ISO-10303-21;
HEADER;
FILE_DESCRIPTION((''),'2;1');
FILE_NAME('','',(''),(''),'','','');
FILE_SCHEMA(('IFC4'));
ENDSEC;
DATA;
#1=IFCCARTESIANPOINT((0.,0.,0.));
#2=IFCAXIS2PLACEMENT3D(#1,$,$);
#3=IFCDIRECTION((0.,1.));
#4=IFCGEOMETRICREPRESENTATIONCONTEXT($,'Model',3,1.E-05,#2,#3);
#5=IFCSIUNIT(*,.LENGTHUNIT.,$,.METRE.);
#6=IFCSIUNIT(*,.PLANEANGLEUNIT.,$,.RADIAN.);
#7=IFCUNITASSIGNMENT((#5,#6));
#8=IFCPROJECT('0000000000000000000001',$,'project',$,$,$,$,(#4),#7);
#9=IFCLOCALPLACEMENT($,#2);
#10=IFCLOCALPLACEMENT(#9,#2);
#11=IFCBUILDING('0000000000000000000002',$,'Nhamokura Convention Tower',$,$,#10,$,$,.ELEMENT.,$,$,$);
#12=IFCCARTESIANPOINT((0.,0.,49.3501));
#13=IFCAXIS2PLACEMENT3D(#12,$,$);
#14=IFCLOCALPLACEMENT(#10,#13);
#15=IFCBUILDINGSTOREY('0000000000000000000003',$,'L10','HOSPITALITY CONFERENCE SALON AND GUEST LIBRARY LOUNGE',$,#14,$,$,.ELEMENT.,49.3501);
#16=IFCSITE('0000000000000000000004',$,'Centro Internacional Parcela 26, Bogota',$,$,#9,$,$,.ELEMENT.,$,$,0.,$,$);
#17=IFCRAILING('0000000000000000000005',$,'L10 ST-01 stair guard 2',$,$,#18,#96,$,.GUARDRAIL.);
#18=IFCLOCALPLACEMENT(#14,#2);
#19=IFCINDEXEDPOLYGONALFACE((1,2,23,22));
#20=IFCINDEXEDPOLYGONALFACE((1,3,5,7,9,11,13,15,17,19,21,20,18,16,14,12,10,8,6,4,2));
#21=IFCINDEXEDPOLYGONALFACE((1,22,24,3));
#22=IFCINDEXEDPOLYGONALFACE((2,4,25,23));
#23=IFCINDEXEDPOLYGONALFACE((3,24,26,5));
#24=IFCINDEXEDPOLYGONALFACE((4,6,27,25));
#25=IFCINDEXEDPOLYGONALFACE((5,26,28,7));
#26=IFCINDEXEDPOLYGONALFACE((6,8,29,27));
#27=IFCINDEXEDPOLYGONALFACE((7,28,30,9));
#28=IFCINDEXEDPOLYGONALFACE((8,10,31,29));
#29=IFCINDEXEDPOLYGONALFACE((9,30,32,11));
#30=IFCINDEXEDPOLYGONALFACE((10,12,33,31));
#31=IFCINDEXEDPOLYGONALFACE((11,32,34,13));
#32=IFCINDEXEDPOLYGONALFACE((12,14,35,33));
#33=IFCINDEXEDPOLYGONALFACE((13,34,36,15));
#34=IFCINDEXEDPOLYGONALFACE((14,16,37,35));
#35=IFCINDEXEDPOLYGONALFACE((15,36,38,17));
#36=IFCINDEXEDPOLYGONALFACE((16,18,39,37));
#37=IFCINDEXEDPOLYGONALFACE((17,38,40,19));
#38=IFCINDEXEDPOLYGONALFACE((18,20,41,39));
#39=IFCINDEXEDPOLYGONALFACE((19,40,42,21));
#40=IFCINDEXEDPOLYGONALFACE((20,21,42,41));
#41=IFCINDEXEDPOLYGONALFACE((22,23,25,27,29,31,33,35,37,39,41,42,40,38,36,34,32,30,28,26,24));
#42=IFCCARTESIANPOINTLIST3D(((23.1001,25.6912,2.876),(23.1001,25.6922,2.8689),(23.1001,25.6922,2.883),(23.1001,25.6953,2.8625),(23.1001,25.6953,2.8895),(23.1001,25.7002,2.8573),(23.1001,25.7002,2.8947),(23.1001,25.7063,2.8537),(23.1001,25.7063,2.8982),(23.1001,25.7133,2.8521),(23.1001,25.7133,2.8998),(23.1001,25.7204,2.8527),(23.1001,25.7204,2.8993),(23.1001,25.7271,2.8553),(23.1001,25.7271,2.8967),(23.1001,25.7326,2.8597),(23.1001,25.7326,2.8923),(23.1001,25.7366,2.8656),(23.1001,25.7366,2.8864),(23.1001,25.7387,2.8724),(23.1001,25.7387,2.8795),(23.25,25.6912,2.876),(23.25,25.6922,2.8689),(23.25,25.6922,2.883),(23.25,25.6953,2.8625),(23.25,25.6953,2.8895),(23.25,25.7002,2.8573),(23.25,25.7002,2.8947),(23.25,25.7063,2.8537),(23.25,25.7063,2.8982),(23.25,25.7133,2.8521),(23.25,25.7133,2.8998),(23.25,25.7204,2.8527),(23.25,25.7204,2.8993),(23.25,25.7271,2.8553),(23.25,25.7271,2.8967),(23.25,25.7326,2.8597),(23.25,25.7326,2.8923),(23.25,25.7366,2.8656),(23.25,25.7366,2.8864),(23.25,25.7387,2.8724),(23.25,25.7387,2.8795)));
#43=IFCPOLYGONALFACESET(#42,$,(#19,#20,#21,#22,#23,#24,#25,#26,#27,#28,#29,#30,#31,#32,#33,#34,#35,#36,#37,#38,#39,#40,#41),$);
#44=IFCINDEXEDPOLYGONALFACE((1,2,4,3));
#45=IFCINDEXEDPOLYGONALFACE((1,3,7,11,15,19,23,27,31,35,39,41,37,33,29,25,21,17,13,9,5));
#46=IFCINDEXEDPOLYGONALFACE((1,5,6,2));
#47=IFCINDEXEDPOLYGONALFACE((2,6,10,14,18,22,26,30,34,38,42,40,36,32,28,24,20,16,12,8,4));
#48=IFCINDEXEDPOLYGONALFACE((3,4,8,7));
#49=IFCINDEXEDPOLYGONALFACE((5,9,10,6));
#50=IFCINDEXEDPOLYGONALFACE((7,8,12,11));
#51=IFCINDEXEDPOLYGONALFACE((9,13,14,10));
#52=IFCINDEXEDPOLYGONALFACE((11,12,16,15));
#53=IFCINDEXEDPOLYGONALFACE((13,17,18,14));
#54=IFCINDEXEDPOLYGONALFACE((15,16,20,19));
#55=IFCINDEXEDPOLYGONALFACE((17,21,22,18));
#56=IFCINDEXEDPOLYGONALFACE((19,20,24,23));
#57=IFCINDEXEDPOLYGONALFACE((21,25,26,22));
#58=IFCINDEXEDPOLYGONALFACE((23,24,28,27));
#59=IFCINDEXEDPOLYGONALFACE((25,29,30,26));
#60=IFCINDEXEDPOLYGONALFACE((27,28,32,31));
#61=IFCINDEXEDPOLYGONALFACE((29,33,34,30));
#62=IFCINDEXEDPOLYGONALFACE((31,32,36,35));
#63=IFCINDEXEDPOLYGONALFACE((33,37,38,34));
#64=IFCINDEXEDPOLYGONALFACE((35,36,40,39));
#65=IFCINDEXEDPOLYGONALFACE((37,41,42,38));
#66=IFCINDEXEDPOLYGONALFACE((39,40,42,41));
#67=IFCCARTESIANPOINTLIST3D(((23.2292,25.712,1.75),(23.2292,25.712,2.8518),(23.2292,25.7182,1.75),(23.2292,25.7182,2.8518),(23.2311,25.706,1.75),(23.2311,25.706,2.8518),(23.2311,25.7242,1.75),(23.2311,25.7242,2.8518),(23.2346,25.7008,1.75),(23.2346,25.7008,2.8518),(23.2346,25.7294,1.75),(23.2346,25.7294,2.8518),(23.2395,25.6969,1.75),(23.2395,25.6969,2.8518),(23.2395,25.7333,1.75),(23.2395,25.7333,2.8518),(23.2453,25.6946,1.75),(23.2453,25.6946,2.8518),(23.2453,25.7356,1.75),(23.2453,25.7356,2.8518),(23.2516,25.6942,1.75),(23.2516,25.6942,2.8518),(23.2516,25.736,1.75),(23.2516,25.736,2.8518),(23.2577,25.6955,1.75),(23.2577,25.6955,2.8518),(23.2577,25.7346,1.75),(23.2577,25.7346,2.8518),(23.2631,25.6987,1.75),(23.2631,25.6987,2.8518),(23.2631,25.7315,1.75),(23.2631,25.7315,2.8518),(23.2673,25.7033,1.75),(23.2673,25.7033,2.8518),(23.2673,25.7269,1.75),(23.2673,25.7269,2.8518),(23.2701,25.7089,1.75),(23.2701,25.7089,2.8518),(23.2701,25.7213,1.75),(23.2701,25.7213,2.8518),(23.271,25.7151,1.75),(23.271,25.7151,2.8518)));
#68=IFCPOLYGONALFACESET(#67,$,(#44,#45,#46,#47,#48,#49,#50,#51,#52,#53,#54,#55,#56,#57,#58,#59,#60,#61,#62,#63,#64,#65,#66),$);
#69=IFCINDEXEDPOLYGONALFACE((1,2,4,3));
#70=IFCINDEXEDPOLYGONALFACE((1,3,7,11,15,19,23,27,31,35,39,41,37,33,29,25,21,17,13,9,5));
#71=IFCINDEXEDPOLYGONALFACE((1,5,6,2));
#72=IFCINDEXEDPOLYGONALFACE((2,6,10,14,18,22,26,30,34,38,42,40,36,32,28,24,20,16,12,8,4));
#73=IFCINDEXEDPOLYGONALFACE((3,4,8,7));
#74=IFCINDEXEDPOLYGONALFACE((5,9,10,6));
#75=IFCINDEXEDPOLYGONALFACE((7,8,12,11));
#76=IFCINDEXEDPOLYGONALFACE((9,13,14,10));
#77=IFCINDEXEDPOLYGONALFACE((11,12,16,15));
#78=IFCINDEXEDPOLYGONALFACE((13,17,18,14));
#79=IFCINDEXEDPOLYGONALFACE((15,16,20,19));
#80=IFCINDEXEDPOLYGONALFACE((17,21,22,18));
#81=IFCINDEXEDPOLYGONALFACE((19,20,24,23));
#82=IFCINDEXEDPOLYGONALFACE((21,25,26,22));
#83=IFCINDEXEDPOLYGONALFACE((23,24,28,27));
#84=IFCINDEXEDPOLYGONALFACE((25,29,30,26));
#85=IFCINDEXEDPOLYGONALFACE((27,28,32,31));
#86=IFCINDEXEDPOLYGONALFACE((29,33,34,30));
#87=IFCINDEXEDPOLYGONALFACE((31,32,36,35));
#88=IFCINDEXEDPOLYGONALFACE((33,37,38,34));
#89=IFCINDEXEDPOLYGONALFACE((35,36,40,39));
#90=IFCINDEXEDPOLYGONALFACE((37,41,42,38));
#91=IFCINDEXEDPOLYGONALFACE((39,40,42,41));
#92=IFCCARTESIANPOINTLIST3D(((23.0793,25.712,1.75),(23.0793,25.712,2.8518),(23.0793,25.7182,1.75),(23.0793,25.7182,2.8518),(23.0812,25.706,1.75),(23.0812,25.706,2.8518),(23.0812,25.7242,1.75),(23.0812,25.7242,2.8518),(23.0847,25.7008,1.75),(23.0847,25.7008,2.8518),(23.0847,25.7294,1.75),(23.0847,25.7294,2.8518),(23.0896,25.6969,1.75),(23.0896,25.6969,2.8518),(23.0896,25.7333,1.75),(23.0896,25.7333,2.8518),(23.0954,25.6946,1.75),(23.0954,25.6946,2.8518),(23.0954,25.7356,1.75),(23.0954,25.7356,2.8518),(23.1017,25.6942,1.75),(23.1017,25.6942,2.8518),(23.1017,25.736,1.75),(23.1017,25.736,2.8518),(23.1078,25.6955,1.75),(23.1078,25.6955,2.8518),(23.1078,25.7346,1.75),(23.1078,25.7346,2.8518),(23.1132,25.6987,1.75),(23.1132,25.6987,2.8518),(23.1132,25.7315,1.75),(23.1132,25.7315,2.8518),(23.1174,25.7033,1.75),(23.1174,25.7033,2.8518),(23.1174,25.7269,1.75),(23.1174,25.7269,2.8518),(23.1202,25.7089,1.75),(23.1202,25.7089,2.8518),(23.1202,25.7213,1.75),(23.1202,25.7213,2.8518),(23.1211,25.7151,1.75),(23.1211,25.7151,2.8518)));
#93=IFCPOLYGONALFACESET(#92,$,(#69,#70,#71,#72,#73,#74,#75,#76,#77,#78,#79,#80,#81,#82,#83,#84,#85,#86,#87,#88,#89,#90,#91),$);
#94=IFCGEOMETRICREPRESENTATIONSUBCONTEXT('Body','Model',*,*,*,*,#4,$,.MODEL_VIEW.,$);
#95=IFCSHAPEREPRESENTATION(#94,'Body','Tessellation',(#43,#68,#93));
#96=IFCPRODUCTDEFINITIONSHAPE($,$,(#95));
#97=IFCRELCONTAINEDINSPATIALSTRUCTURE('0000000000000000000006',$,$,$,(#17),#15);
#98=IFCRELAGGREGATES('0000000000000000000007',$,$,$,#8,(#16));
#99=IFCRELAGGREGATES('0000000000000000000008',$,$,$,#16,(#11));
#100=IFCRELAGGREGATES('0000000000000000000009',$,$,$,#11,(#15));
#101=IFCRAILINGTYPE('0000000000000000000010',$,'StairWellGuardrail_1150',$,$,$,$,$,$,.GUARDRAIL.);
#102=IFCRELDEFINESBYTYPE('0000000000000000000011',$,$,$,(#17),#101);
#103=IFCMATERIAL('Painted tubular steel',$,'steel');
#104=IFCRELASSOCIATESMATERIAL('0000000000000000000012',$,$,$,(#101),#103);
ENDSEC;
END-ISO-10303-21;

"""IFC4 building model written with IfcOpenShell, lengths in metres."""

from ifc_helpers import new_model, si_unit, direction, frame, origin, origin_2d, place, context, subcontext, project, spatial, circle, extrude, material, type_object, element, save


model = new_model("IFC4")

# Units and contexts
model_context = context("Model", 3, precision=1e-05, world=origin(), true_north=direction((0.0, 1.0)))
body_context = subcontext(model_context, "Body", "Model", "MODEL_VIEW")
ifc_project = project(units=[si_unit("LENGTHUNIT", "METRE"), si_unit("PLANEANGLEUNIT", "RADIAN")], contexts=[model_context])

# Site, building, storey
site_placement = place(None, origin())
site = spatial("IfcSite", under=ifc_project, at=site_placement, Name="Centro Internacional Parcela 26, Bogota", CompositionType="ELEMENT", RefElevation=0.0)
building_placement = place(site_placement, origin())
building = spatial("IfcBuilding", under=site, at=building_placement, Name="Nhamokura Convention Tower", CompositionType="ELEMENT")
storey_placement = place(building_placement, frame((0.0, 0.0, 49.3501)))
storey = spatial("IfcBuildingStorey", under=building, at=storey_placement, Name="L10", Description="HOSPITALITY CONFERENCE SALON AND GUEST LIBRARY LOUNGE", CompositionType="ELEMENT", Elevation=49.3501)

# Railing
ifc_material_1 = material(Name="Painted tubular steel", Category="steel")
railing_type_1 = type_object("IfcRailingType", Name="StairWellGuardrail_1150", PredefinedType="GUARDRAIL", material=ifc_material_1)
railing_1_placement = place(storey_placement, frame((23.25, 25.7151, 1.75)))
element("IfcRailing", 1, at=railing_1_placement, inside=storey, type_object=railing_type_1, Name="L10 ST-01 stair guard 2", PredefinedType="GUARDRAIL", context=body_context, shape_type="SweptSolid", body=[
    extrude(circle(Radius=0.0239, at=origin_2d()), frame((0.0, 0.0, 1.126), z_axis=(-1.0, 0.0, 0.0), x_axis=(0.0, -1.0, 0.0)), (0.0, 0.0, 1.0), 0.1499),
    extrude(circle(Radius=0.021, at=origin_2d()), origin(), (0.0, 0.0, 1.0), 1.1018),
    extrude(circle(Radius=0.021, at=origin_2d()), frame((-0.1499, 0.0, 0.0)), (0.0, 0.0, 1.0), 1.1018),
])

save(model, "model.ifc")
